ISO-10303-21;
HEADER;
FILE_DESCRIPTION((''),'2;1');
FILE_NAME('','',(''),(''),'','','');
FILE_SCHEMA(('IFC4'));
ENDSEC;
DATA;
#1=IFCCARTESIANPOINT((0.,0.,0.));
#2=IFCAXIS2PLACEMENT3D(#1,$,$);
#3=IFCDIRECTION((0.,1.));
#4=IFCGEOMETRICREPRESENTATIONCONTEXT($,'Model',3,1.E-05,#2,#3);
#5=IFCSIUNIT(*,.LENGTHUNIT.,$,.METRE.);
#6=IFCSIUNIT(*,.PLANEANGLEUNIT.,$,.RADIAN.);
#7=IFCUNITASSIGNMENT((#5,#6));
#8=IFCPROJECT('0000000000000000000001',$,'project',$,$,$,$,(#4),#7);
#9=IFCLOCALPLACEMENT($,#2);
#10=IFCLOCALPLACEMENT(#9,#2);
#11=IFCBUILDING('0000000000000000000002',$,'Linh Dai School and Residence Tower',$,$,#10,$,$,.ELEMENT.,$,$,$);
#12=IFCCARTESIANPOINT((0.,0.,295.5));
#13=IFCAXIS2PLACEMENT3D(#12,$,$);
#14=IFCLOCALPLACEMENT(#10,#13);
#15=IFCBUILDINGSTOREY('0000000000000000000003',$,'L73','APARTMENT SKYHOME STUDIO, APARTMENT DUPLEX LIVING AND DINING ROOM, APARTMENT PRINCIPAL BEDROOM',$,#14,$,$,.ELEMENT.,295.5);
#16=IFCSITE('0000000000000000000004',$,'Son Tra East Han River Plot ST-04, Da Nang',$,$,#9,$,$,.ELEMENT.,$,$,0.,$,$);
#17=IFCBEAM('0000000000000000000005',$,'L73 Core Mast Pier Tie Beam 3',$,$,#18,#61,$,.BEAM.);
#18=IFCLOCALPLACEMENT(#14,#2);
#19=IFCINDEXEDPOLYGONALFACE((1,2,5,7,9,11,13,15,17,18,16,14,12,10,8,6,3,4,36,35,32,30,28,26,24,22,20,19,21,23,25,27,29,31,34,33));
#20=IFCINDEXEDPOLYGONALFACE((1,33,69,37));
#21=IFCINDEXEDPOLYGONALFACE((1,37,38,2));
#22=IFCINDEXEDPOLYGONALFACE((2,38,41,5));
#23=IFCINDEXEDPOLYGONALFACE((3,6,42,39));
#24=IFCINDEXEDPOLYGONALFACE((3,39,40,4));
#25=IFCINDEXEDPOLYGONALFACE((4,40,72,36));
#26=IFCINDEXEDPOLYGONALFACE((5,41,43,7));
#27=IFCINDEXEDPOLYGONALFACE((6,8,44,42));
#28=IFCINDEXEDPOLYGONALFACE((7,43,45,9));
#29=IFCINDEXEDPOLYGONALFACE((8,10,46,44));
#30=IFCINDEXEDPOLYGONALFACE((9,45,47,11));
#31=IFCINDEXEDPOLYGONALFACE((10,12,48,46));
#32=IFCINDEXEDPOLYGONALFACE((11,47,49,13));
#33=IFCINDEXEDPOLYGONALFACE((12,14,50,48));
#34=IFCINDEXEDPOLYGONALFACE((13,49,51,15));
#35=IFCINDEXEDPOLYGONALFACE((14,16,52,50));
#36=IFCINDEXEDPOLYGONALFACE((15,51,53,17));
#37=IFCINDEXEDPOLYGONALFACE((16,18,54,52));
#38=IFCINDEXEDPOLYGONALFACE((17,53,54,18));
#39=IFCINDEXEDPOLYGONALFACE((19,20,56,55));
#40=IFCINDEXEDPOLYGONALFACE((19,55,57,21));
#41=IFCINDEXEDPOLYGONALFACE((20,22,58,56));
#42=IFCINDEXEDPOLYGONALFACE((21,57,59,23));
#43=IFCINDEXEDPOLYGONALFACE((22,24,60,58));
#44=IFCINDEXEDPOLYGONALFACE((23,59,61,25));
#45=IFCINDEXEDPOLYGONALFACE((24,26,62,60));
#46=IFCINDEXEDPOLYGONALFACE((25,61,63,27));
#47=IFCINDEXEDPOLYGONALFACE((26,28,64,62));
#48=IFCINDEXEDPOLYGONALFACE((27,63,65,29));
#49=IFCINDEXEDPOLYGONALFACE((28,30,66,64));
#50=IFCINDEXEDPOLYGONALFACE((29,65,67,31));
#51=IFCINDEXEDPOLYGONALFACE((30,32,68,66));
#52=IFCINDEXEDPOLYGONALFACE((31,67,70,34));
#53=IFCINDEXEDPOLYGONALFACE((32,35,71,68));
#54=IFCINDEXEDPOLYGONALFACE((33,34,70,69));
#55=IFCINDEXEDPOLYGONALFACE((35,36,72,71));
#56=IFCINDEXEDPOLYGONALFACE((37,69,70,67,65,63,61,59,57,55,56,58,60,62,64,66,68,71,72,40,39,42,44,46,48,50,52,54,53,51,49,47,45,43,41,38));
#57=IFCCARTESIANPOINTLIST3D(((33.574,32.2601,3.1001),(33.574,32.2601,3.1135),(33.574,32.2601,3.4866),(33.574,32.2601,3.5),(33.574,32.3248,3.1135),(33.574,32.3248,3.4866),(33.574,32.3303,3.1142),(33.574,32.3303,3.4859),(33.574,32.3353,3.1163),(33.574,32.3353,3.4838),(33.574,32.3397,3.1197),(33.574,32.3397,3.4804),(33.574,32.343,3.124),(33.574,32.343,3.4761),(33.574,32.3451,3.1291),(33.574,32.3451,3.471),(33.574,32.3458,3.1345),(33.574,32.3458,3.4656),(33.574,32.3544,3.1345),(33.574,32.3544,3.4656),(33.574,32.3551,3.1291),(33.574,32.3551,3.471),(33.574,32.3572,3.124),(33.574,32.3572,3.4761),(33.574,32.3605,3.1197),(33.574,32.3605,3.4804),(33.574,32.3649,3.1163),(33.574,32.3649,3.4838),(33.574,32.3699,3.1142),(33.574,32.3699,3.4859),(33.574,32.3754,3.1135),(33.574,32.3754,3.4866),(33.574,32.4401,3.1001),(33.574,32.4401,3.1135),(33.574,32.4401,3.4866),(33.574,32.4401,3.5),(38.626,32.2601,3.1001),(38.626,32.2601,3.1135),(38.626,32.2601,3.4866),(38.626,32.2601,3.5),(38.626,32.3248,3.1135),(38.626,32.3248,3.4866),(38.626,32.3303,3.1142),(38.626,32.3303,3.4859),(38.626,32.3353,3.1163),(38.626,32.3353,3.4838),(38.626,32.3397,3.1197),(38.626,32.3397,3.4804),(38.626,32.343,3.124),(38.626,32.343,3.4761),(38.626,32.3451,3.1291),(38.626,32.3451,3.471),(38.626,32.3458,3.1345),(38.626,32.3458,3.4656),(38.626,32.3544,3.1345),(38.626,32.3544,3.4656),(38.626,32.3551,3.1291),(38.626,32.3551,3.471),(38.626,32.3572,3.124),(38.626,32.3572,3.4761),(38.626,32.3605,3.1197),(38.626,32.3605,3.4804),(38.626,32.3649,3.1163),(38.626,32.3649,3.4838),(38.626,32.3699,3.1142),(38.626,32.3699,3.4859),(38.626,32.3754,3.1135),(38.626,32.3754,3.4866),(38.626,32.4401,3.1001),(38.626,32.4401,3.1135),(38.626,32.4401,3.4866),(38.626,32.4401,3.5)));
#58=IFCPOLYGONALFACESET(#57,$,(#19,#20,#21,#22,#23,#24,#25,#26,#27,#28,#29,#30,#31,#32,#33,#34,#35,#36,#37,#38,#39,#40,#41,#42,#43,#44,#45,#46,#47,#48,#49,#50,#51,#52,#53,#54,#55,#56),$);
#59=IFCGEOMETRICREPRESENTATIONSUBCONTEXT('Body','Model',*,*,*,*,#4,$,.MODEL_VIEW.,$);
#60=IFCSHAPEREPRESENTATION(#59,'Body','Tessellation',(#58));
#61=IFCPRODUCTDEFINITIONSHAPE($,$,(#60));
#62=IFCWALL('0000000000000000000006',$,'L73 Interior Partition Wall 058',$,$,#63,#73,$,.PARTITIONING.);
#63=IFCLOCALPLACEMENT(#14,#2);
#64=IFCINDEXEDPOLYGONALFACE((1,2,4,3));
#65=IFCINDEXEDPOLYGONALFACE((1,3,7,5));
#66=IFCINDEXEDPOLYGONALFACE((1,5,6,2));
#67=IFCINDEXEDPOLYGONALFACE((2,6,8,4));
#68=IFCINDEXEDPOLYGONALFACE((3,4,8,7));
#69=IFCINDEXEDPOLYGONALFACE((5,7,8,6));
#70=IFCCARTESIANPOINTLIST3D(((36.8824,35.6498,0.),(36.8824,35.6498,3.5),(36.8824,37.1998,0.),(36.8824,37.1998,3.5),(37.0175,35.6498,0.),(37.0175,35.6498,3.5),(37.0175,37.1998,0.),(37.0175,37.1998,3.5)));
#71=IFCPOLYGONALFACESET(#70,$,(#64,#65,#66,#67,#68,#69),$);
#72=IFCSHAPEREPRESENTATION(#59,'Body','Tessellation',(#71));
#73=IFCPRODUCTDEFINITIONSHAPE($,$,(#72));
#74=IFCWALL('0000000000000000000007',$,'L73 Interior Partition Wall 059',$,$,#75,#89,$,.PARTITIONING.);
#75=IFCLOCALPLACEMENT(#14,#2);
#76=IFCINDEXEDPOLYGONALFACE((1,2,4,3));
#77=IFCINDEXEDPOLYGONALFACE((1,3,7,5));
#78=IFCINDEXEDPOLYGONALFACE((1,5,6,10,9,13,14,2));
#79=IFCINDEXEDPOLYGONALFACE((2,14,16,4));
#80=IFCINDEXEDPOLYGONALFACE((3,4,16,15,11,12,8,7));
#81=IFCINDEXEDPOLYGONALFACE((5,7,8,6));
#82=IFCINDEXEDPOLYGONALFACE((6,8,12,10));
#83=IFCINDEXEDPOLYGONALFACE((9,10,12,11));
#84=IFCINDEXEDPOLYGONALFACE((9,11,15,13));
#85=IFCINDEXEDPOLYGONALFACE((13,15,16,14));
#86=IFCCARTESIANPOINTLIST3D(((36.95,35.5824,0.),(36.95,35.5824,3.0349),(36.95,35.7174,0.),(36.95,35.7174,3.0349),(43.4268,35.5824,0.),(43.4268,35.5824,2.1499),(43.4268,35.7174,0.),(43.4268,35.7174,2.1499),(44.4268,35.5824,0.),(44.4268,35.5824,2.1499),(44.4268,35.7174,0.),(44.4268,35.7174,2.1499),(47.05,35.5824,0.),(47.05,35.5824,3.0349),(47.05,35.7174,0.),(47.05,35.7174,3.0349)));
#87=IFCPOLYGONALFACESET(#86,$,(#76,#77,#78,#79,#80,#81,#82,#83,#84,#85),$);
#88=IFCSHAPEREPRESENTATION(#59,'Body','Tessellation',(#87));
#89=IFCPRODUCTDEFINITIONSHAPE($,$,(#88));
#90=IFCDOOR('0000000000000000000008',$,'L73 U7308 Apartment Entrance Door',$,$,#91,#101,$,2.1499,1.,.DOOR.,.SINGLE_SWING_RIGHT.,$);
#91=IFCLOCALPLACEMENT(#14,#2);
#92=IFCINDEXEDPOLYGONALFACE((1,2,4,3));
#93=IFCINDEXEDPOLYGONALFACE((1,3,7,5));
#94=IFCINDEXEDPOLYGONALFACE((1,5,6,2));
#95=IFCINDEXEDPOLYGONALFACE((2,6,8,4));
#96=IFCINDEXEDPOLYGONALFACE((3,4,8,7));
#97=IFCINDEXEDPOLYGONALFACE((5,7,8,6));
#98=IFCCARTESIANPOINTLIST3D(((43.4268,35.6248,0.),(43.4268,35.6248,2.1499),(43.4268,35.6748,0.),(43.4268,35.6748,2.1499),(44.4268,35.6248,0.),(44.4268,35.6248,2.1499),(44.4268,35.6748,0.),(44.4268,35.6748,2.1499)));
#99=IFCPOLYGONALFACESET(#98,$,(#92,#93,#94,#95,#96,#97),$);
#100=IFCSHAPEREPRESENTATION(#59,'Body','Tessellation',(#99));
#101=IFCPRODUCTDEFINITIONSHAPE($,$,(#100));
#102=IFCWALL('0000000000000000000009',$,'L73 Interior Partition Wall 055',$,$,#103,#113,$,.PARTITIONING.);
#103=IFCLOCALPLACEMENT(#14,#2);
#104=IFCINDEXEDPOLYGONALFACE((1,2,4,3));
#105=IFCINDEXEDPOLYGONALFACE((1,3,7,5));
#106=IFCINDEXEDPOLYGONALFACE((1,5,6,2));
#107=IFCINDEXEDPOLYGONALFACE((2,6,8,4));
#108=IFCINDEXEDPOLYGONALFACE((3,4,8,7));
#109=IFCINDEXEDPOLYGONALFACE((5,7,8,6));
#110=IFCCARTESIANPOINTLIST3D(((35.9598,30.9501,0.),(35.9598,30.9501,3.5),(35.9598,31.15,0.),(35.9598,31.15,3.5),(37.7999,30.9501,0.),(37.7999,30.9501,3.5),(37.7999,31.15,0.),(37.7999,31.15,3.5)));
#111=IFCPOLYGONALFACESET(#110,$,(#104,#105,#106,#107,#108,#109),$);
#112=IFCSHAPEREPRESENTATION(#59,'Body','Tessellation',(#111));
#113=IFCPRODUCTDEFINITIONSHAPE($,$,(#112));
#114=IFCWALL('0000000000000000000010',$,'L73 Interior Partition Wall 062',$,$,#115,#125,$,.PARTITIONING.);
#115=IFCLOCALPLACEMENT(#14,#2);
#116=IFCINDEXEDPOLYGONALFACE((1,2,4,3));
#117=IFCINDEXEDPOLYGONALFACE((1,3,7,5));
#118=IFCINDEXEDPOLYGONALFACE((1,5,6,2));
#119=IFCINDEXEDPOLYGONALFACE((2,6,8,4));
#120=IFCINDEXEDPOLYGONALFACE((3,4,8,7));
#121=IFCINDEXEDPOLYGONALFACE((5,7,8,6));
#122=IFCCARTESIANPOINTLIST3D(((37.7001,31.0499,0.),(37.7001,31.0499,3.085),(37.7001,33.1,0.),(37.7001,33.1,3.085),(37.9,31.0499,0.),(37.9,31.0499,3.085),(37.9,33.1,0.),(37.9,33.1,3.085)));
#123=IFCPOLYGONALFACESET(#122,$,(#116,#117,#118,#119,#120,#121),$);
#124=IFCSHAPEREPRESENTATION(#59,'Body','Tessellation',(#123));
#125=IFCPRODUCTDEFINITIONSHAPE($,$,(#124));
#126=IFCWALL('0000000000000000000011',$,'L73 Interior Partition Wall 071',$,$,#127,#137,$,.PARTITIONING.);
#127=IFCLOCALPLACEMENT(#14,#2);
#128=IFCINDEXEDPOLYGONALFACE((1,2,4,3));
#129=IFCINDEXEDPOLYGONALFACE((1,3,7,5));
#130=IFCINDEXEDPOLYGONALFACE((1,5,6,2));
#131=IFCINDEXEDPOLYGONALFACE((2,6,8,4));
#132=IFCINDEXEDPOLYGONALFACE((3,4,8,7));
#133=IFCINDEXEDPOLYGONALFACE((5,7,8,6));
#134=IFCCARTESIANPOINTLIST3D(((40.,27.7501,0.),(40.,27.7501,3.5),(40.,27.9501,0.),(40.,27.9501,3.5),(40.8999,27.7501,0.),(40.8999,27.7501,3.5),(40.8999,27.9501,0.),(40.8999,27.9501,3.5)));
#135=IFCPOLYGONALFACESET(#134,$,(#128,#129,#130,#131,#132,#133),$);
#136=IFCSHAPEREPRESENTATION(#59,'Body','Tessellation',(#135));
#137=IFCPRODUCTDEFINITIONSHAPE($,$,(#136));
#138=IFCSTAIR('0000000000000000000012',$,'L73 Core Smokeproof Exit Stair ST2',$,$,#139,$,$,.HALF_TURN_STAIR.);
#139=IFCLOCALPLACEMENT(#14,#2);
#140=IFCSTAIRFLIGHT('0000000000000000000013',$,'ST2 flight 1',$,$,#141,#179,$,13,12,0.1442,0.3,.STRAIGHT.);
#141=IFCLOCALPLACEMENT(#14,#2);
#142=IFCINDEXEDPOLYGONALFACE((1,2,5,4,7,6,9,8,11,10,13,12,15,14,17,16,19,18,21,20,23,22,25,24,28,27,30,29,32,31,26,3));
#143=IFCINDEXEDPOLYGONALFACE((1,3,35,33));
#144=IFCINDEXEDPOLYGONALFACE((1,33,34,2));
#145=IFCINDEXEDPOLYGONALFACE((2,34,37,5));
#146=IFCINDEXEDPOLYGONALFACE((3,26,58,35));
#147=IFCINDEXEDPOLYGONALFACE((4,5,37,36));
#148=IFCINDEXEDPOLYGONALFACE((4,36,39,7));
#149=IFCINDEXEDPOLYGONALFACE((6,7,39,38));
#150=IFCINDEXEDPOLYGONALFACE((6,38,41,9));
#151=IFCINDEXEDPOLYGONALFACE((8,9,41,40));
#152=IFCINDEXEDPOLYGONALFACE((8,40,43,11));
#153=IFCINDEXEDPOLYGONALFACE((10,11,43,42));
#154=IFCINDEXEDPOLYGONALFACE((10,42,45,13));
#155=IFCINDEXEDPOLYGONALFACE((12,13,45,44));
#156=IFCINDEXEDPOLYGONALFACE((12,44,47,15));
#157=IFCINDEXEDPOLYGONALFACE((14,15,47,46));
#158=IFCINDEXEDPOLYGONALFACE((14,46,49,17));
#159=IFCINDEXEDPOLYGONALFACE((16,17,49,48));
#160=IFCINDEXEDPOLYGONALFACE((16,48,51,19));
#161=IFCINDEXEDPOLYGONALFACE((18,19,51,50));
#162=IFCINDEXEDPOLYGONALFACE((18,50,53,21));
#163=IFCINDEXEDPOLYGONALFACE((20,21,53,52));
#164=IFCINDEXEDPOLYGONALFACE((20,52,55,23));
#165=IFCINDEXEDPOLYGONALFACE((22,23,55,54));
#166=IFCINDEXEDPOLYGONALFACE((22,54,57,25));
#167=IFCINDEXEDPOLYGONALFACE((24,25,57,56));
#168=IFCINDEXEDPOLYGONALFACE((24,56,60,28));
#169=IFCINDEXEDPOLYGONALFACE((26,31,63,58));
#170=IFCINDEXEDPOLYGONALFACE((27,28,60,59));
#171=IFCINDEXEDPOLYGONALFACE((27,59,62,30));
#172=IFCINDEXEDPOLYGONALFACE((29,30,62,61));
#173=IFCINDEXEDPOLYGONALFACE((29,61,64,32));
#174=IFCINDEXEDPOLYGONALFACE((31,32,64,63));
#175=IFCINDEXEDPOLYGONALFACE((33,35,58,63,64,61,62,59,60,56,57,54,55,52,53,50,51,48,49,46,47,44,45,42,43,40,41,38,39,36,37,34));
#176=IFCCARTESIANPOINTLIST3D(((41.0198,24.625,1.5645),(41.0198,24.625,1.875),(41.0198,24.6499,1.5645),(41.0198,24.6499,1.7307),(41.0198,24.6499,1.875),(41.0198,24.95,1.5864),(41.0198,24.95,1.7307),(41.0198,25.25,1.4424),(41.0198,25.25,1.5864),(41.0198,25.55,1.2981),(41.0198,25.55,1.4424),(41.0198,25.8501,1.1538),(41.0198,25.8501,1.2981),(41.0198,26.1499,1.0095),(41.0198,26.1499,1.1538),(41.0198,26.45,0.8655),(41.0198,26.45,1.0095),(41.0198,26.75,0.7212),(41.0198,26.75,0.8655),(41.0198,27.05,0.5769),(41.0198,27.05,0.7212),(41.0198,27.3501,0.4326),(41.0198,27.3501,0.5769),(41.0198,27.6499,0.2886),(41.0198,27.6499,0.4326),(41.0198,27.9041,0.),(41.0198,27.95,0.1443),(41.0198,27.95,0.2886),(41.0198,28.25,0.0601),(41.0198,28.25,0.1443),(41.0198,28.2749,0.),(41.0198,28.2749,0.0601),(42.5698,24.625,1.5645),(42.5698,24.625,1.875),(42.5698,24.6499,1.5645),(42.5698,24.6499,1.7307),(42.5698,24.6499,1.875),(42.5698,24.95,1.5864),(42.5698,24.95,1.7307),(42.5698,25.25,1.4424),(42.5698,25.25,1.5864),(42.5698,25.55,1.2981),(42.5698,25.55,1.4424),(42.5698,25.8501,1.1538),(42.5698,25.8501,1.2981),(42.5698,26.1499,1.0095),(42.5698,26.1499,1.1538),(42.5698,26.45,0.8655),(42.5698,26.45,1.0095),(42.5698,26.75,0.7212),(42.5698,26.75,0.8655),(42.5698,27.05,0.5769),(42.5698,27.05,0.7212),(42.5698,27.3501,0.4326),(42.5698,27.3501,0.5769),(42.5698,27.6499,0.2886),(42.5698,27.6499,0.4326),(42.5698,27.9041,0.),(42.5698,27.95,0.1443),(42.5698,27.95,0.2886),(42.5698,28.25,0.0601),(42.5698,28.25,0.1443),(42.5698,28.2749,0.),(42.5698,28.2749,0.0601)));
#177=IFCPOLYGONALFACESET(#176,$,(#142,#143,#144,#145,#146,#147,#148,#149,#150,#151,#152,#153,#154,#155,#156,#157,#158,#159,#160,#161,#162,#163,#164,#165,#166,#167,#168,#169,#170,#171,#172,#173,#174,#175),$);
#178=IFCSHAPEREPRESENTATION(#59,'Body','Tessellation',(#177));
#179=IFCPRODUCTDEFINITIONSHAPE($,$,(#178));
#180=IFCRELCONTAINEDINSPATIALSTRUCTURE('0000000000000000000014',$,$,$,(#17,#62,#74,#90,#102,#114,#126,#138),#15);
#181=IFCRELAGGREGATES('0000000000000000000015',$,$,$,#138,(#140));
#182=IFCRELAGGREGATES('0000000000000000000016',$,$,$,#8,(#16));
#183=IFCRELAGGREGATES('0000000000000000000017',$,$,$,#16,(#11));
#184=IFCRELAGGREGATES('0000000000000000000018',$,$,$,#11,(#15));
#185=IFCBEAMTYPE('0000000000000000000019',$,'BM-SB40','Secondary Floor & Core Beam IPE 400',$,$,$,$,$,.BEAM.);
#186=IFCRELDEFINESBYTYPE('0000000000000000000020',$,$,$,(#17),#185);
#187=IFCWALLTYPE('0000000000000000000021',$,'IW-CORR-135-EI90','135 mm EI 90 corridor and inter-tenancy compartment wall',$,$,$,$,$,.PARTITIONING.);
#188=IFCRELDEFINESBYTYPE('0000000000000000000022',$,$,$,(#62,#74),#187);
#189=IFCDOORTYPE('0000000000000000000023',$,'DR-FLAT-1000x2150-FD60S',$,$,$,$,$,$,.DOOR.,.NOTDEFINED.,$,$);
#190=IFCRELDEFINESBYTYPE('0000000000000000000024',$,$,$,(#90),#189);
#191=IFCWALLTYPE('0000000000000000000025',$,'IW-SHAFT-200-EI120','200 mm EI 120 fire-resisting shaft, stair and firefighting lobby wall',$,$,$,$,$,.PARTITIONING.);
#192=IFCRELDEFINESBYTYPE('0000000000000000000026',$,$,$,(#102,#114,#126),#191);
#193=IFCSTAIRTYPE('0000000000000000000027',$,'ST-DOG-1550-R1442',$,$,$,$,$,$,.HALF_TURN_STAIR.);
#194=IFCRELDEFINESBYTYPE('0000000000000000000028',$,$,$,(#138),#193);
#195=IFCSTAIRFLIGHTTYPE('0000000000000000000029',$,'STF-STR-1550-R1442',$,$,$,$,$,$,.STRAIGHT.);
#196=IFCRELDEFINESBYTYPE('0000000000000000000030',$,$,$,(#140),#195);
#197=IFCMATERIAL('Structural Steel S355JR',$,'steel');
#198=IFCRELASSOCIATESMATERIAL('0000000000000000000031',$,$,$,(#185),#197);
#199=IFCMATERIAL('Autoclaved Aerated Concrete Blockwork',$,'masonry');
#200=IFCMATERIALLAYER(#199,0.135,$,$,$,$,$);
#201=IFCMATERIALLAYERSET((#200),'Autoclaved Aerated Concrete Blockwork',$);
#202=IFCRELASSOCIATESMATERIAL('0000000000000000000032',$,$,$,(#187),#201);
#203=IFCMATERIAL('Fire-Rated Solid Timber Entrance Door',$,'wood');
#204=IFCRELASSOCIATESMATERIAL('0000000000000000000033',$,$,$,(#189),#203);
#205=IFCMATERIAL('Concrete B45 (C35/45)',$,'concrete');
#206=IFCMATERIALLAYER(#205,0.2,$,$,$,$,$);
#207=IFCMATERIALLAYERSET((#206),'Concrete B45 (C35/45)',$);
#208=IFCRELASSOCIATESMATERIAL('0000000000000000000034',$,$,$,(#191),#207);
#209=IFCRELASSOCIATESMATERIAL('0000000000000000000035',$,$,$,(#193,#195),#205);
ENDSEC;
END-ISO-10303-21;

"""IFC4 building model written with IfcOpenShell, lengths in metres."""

from ifc_helpers import new_model, si_unit, direction, frame, frame_2d, origin, origin_2d, place, context, subcontext, project, spatial, polyline, rectangle, i_section, outline, extrude, source, transform, mapped, material, layer, layer_set, material_profile, profile_set, type_object, element, fill, aggregate, save


model = new_model("IFC4")

# Units and contexts
model_context = context("Model", 3, precision=1e-05, world=origin(), true_north=direction((0.0, 1.0)))
body_context = subcontext(model_context, "Body", "Model", "MODEL_VIEW")
ifc_project = project(units=[si_unit("LENGTHUNIT", "METRE"), si_unit("PLANEANGLEUNIT", "RADIAN")], contexts=[model_context])

# Site, building, storey
site_placement = place(None, origin())
site = spatial("IfcSite", under=ifc_project, at=site_placement, Name="Son Tra East Han River Plot ST-04, Da Nang", CompositionType="ELEMENT", RefElevation=0.0)
building_placement = place(site_placement, origin())
building = spatial("IfcBuilding", under=site, at=building_placement, Name="Linh Dai School and Residence Tower", CompositionType="ELEMENT")
storey_placement = place(building_placement, frame((0.0, 0.0, 295.5)))
storey = spatial("IfcBuildingStorey", under=building, at=storey_placement, Name="L73", Description="APARTMENT SKYHOME STUDIO, APARTMENT DUPLEX LIVING AND DINING ROOM, APARTMENT PRINCIPAL BEDROOM", CompositionType="ELEMENT", Elevation=295.5)

# Shared definitions
ifc_material_1 = material(Name="Structural Steel S355JR", Category="steel")

# Beam
ifc_material_profile_1 = material_profile(ifc_material_1, i_section(OverallWidth=0.1799, OverallDepth=0.3999, WebThickness=0.0085, FlangeThickness=0.0134, FilletRadius=0.021, at=origin_2d()), Name="IPE 400")
ifc_profile_set_1 = profile_set([ifc_material_profile_1], Name="Structural Steel S355JR")
beam_type_1 = type_object("IfcBeamType", Name="BM-SB40", Description="Secondary Floor & Core Beam IPE 400", PredefinedType="BEAM", material=ifc_profile_set_1)
beam_1_placement = place(storey_placement, frame((38.626, 32.3501, 3.3), z_axis=(-1.0, 0.0, 0.0), x_axis=(0.0, -1.0, 0.0)))
element("IfcBeam", 1, at=beam_1_placement, inside=storey, type_object=beam_type_1, Name="L73 Core Mast Pier Tie Beam 3", PredefinedType="BEAM", context=body_context, shape_type="SweptSolid", body=[
    extrude(i_section(OverallWidth=0.1799, OverallDepth=0.3999, WebThickness=0.0085, FlangeThickness=0.0134, FilletRadius=0.021, at=origin_2d()), origin(), (0.0, 0.0, 1.0), 5.052),
])

# Wall
ifc_material_2 = material(Name="Autoclaved Aerated Concrete Blockwork", Category="masonry")
ifc_layer_1 = layer(ifc_material_2, 0.135)
ifc_layer_set_1 = layer_set([ifc_layer_1], Name="Autoclaved Aerated Concrete Blockwork")
wall_type_1 = type_object("IfcWallType", Name="IW-CORR-135-EI90", Description="135 mm EI 90 corridor and inter-tenancy compartment wall", PredefinedType="PARTITIONING", material=ifc_layer_set_1)
wall_1_placement = place(storey_placement, frame((36.95, 35.6499, 0.0), z_axis=(0.0, 0.0, 1.0), x_axis=(0.0, 1.0, 0.0)))
element("IfcWall", 2, at=wall_1_placement, inside=storey, type_object=wall_type_1, Name="L73 Interior Partition Wall 058", PredefinedType="PARTITIONING", context=body_context, shape_type="SweptSolid", body=[
    extrude(rectangle(XDim=1.55, YDim=0.135, at=frame_2d((0.7749, 0.0))), origin(), (0.0, 0.0, 1.0), 3.5),
])

# Wall, opening, door
wall_2_placement = place(storey_placement, frame((36.95, 35.6499, 0.0), z_axis=(0.0, 0.0, 1.0), x_axis=(1.0, 0.0, 0.0)))
wall_2 = element("IfcWall", 3, at=wall_2_placement, inside=storey, type_object=wall_type_1, Name="L73 Interior Partition Wall 059", PredefinedType="PARTITIONING", context=body_context, shape_type="SweptSolid", body=[
    extrude(rectangle(XDim=10.1001, YDim=0.135, at=frame_2d((5.05, 0.0))), origin(), (0.0, 0.0, 1.0), 3.0349),
])
opening_1_placement = place(wall_2_placement, frame((6.4768, 0.0, 0.0)))
opening_1 = element("IfcOpeningElement", 4, at=opening_1_placement, cuts=wall_2, PredefinedType="OPENING", context=body_context, shape_type="SweptSolid", body=[
    extrude(rectangle(XDim=1.0, YDim=2.1499, at=origin_2d()), frame((0.5, 0.0776, 1.075), z_axis=(0.0, -1.0, 0.0), x_axis=(1.0, 0.0, 0.0)), (0.0, 0.0, 1.0), 0.155),
])
ifc_material_3 = material(Name="Fire-Rated Solid Timber Entrance Door", Category="wood")
door_type_1 = type_object("IfcDoorType", Name="DR-FLAT-1000x2150-FD60S", OperationType="NOTDEFINED", PredefinedType="DOOR", material=ifc_material_3)
shared_shape_1 = source(origin(), body_context, "Body", "SweptSolid", [
    extrude(rectangle(XDim=1.0, YDim=2.1499, at=origin_2d()), frame((0.5, 0.0249, 1.075), z_axis=(0.0, -1.0, 0.0), x_axis=(1.0, 0.0, 0.0)), (0.0, 0.0, 1.0), 0.05),
])
door_1_placement = place(opening_1_placement, origin())
door_1 = element("IfcDoor", 5, at=door_1_placement, inside=storey, type_object=door_type_1, Name="L73 U7308 Apartment Entrance Door", OperationType="SINGLE_SWING_RIGHT", OverallHeight=2.1499, OverallWidth=1.0, PredefinedType="DOOR", context=body_context, shape_type="MappedRepresentation", body=[
    mapped(shared_shape_1, transform((0.0, 0.0, 0.0), x_axis=(1.0, 0.0, 0.0), y_axis=(0.0, 1.0, 0.0), z_axis=(0.0, 0.0, 1.0), scale=1.0)),
])
fill(opening_1, door_1)

# Shared definitions
ifc_material_4 = material(Name="Concrete B45 (C35/45)", Category="concrete")
ifc_layer_2 = layer(ifc_material_4, 0.2)
ifc_layer_set_2 = layer_set([ifc_layer_2], Name="Concrete B45 (C35/45)")
wall_type_2 = type_object("IfcWallType", Name="IW-SHAFT-200-EI120", Description="200 mm EI 120 fire-resisting shaft, stair and firefighting lobby wall", PredefinedType="PARTITIONING", material=ifc_layer_set_2)

# Walls
wall_3_placement = place(storey_placement, frame((35.96, 31.05, 0.0), z_axis=(0.0, 0.0, 1.0), x_axis=(1.0, 0.0, 0.0)))
element("IfcWall", 6, at=wall_3_placement, inside=storey, type_object=wall_type_2, Name="L73 Interior Partition Wall 055", PredefinedType="PARTITIONING", context=body_context, shape_type="SweptSolid", body=[
    extrude(rectangle(XDim=1.8401, YDim=0.2, at=frame_2d((0.9199, 0.0))), origin(), (0.0, 0.0, 1.0), 3.5),
])
wall_4_placement = place(storey_placement, frame((37.8, 31.05, 0.0), z_axis=(0.0, 0.0, 1.0), x_axis=(0.0, 1.0, 0.0)))
element("IfcWall", 7, at=wall_4_placement, inside=storey, type_object=wall_type_2, Name="L73 Interior Partition Wall 062", PredefinedType="PARTITIONING", context=body_context, shape_type="SweptSolid", body=[
    extrude(rectangle(XDim=2.05, YDim=0.2, at=frame_2d((1.0249, 0.0))), origin(), (0.0, 0.0, 1.0), 3.085),
])
wall_5_placement = place(storey_placement, frame((40.0, 27.8501, 0.0), z_axis=(0.0, 0.0, 1.0), x_axis=(1.0, 0.0, 0.0)))
element("IfcWall", 8, at=wall_5_placement, inside=storey, type_object=wall_type_2, Name="L73 Interior Partition Wall 071", PredefinedType="PARTITIONING", context=body_context, shape_type="SweptSolid", body=[
    extrude(rectangle(XDim=0.8999, YDim=0.2, at=frame_2d((0.45, 0.0))), origin(), (0.0, 0.0, 1.0), 3.5),
])

# Stair, stair flight
stair_type = type_object("IfcStairType", Name="ST-DOG-1550-R1442", PredefinedType="HALF_TURN_STAIR", material=ifc_material_4)
stair_placement = place(storey_placement, origin())
stair = element("IfcStair", 9, at=stair_placement, inside=storey, type_object=stair_type, Name="L73 Core Smokeproof Exit Stair ST2", PredefinedType="HALF_TURN_STAIR")
stair_flight_type = type_object("IfcStairFlightType", Name="STF-STR-1550-R1442", PredefinedType="STRAIGHT", material=ifc_material_4)
shared_shape_2 = source(origin(), body_context, "Body", "SweptSolid", [
    extrude(outline(polyline([(-0.0249, 0.0), (-0.0249, 0.0601), (0.0, 0.0601), (0.0, 0.1443), (0.3, 0.1443), (0.3, 0.2886), (0.6001, 0.2886), (0.6001, 0.4326), (0.8999, 0.4326), (0.8999, 0.5769), (1.2, 0.5769), (1.2, 0.7212), (1.5, 0.7212), (1.5, 0.8655), (1.8, 0.8655), (1.8, 1.0095), (2.1001, 1.0095), (2.1001, 1.1538), (2.3999, 1.1538), (2.3999, 1.2981), (2.7, 1.2981), (2.7, 1.4424), (3.0, 1.4424), (3.0, 1.5864), (3.3, 1.5864), (3.3, 1.7307), (3.6001, 1.7307), (3.6001, 1.875), (3.625, 1.875), (3.625, 1.5645), (3.6001, 1.5645), (0.3459, 0.0), (-0.0249, 0.0)])), frame((0.0, 0.7749, 0.0), z_axis=(0.0, -1.0, 0.0), x_axis=(1.0, 0.0, 0.0)), (0.0, 0.0, 1.0), 1.55),
])
stair_flight_placement = place(storey_placement, frame((41.7949, 28.25, 0.0), z_axis=(0.0, 0.0, 1.0), x_axis=(0.0, -1.0, 0.0)))
stair_flight = element("IfcStairFlight", 10, at=stair_flight_placement, type_object=stair_flight_type, Name="ST2 flight 1", NumberOfRisers=13, NumberOfTreads=12, PredefinedType="STRAIGHT", RiserHeight=0.1442, TreadLength=0.3, context=body_context, shape_type="MappedRepresentation", body=[
    mapped(shared_shape_2, transform((0.0, 0.0, 0.0), x_axis=(1.0, 0.0, 0.0), y_axis=(0.0, 1.0, 0.0), z_axis=(0.0, 0.0, 1.0), scale=1.0)),
])
aggregate(stair, [stair_flight])

save(model, "model.ifc")
